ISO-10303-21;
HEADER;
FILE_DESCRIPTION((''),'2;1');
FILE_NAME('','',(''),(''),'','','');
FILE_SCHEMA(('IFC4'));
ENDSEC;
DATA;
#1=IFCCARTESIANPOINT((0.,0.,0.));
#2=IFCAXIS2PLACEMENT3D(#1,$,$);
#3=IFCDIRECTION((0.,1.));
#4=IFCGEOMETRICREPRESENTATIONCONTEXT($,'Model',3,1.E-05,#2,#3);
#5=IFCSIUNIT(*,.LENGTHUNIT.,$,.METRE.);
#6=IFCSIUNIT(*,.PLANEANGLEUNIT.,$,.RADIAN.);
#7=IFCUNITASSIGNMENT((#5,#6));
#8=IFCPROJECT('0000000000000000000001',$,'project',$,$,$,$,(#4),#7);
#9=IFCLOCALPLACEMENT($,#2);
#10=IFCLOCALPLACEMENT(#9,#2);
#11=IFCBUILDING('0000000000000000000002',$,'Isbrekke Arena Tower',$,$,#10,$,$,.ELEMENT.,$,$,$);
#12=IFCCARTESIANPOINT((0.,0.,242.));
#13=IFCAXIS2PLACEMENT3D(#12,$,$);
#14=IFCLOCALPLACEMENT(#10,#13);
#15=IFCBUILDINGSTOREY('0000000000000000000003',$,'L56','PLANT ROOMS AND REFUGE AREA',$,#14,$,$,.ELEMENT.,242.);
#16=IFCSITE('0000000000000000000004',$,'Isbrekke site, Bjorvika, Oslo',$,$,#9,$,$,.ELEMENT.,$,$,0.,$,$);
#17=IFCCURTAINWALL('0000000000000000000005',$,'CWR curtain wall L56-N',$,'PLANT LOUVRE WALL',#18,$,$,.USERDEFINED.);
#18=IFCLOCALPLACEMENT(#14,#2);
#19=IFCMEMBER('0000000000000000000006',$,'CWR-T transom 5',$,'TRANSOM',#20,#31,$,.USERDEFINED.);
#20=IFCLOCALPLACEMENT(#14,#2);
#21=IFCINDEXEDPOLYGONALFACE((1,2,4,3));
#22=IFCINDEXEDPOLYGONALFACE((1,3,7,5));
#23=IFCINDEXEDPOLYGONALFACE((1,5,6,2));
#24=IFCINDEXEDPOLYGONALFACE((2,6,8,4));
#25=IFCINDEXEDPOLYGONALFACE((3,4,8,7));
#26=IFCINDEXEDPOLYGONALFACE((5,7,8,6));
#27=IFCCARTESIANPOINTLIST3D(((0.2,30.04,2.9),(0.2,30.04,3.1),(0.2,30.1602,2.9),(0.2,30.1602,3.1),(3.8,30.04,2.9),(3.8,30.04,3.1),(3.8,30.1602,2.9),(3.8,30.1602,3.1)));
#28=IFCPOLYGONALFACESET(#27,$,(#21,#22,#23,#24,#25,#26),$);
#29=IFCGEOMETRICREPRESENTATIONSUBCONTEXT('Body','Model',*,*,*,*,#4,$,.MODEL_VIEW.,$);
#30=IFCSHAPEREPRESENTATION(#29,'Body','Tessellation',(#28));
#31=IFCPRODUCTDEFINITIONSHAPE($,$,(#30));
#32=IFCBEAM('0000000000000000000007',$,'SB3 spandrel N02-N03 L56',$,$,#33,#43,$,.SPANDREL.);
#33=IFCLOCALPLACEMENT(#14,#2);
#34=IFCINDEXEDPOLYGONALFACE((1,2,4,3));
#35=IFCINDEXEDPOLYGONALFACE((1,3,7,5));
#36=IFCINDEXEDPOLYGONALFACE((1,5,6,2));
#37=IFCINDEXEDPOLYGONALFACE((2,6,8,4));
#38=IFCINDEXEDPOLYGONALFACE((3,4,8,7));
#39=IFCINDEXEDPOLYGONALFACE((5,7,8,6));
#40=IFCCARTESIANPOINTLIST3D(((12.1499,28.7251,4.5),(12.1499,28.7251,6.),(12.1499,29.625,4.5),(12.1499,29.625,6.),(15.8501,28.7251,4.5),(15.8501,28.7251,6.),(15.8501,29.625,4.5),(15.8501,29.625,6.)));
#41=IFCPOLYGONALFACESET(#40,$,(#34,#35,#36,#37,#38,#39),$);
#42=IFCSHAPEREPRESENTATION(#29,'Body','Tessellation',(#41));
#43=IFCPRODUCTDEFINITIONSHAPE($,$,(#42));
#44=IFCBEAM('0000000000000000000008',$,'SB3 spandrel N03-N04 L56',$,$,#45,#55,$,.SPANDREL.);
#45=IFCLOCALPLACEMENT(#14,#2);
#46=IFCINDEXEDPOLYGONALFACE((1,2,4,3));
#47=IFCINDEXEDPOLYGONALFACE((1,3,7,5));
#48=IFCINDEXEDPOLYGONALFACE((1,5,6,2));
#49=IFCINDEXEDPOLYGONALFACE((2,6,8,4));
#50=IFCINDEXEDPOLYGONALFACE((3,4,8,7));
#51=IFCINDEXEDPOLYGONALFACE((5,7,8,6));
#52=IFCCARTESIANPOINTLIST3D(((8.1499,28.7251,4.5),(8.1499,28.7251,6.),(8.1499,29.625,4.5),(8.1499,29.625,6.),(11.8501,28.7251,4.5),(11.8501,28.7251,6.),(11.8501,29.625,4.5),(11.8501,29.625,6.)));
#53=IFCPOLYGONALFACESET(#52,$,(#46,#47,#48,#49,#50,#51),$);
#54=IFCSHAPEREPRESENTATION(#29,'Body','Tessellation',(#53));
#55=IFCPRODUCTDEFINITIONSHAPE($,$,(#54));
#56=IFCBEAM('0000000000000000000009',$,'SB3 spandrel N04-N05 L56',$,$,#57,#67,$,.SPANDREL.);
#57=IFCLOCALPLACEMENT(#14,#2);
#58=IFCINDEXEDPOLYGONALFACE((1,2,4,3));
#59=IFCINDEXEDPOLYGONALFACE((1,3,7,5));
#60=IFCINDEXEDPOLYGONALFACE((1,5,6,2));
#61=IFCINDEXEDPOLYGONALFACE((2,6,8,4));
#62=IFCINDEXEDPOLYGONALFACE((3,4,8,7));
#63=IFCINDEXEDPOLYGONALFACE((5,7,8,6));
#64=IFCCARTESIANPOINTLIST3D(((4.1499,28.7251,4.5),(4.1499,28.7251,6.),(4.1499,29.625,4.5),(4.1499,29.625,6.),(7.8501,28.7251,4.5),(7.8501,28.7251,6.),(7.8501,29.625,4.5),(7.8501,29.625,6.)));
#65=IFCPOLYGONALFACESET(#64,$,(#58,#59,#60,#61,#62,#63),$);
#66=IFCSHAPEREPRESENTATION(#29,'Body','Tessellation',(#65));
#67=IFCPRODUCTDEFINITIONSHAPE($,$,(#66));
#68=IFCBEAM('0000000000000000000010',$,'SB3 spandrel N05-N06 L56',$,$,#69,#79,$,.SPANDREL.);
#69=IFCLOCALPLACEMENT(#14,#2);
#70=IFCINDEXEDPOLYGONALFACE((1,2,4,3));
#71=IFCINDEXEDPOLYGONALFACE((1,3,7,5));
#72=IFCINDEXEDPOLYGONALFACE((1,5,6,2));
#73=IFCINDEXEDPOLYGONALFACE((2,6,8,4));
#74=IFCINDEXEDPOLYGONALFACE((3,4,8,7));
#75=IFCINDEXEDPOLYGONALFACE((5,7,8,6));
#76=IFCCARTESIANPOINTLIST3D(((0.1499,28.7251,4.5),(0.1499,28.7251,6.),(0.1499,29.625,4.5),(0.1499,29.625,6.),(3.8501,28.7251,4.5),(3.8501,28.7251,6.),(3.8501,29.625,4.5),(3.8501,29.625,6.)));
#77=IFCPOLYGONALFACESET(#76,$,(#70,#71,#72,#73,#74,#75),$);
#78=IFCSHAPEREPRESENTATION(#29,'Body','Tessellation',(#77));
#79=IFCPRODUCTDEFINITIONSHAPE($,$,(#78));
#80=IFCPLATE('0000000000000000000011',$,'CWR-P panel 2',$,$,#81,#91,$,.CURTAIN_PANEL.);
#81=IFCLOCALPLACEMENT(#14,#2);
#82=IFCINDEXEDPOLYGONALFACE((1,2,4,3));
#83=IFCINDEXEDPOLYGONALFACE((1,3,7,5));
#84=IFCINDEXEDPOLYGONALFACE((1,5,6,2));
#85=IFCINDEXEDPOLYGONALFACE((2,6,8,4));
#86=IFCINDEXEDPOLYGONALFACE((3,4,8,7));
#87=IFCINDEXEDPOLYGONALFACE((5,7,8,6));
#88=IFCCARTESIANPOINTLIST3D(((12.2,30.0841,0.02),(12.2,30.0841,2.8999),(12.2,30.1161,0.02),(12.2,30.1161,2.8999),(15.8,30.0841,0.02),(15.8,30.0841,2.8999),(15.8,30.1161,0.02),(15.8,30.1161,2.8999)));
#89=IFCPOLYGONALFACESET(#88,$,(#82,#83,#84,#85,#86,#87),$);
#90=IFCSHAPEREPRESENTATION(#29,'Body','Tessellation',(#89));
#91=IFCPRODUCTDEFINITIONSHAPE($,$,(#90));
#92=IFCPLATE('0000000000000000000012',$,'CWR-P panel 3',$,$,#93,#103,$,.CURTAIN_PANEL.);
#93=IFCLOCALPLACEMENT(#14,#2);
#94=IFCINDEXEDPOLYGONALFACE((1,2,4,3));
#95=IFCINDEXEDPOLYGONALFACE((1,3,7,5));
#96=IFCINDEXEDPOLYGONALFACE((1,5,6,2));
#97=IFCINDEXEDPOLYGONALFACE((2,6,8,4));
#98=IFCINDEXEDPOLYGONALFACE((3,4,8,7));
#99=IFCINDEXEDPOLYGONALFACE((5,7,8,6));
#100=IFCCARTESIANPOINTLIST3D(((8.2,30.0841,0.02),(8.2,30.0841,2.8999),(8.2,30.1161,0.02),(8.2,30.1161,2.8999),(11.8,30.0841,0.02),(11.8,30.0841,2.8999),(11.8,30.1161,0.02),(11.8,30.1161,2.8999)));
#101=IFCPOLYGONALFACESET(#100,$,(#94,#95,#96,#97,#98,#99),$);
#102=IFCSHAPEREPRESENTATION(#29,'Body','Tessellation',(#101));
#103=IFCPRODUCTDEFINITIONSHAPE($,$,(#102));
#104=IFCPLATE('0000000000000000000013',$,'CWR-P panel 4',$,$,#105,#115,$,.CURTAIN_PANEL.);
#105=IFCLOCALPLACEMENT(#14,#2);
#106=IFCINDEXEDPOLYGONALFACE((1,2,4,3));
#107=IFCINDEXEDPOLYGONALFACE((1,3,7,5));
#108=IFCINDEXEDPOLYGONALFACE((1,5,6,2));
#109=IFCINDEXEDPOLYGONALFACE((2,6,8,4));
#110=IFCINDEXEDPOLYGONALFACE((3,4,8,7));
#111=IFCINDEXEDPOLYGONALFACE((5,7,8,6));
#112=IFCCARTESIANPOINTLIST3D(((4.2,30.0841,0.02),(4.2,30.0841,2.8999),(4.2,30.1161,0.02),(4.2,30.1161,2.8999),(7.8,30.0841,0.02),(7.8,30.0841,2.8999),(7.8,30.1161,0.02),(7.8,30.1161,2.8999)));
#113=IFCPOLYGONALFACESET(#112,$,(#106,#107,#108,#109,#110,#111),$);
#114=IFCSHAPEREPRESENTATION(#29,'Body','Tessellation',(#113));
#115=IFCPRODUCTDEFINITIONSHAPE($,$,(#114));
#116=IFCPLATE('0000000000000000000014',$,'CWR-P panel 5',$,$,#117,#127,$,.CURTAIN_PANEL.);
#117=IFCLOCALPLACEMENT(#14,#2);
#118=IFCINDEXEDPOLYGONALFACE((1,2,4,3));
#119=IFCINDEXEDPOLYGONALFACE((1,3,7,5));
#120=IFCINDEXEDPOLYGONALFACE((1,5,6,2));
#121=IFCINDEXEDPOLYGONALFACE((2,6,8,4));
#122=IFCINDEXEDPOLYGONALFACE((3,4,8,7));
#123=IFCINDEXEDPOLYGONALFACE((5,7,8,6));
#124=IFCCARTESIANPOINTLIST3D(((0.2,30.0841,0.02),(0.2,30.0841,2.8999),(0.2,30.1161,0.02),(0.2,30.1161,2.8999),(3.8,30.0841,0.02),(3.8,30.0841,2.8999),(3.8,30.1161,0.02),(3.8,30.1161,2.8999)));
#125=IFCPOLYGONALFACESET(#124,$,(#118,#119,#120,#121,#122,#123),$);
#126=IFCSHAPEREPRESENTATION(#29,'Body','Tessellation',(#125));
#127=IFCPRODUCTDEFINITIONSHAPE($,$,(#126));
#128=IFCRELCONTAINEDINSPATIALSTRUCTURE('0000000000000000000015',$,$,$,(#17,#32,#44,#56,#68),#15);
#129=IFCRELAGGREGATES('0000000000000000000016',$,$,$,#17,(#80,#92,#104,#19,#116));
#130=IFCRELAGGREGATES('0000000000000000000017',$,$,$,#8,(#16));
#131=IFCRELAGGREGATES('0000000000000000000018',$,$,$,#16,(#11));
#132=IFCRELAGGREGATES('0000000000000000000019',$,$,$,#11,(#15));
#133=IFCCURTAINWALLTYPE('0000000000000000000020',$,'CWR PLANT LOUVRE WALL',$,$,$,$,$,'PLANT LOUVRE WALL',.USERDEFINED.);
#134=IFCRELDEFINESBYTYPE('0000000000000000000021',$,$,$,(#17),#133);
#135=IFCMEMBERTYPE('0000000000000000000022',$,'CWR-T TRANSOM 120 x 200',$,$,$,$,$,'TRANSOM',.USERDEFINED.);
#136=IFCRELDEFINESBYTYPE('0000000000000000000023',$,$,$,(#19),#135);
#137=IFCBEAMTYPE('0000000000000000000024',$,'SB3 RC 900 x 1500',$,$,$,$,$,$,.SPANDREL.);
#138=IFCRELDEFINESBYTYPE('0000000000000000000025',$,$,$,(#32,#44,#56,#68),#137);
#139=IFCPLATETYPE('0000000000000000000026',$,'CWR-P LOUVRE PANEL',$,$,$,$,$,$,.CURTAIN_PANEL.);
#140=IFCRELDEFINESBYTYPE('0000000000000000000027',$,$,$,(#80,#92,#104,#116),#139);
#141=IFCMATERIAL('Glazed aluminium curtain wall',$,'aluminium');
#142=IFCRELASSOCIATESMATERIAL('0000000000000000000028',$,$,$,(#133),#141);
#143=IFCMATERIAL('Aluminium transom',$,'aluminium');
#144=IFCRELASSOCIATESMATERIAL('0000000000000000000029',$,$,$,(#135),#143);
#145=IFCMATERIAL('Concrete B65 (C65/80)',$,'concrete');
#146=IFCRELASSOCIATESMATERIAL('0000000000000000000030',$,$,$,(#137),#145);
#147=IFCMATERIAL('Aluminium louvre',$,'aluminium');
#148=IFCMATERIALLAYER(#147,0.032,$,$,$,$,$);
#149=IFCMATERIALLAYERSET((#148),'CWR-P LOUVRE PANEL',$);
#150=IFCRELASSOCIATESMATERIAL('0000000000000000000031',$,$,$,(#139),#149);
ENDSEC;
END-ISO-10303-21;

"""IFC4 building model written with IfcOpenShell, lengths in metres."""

from ifc_helpers import new_model, si_unit, direction, frame, origin, origin_2d, place, context, subcontext, project, spatial, rectangle, extrude, material, layer, layer_set, material_profile, profile_set, type_object, element, aggregate, save


model = new_model("IFC4")

# Units and contexts
model_context = context("Model", 3, precision=1e-05, world=origin(), true_north=direction((0.0, 1.0)))
body_context = subcontext(model_context, "Body", "Model", "MODEL_VIEW")
ifc_project = project(units=[si_unit("LENGTHUNIT", "METRE"), si_unit("PLANEANGLEUNIT", "RADIAN")], contexts=[model_context])

# Site, building, storey
site_placement = place(None, origin())
site = spatial("IfcSite", under=ifc_project, at=site_placement, Name="Isbrekke site, Bjorvika, Oslo", CompositionType="ELEMENT", RefElevation=0.0)
building_placement = place(site_placement, origin())
building = spatial("IfcBuilding", under=site, at=building_placement, Name="Isbrekke Arena Tower", CompositionType="ELEMENT")
storey_placement = place(building_placement, frame((0.0, 0.0, 242.0)))
storey = spatial("IfcBuildingStorey", under=building, at=storey_placement, Name="L56", Description="PLANT ROOMS AND REFUGE AREA", CompositionType="ELEMENT", Elevation=242.0)

# Curtain wall, member
ifc_material_1 = material(Name="Glazed aluminium curtain wall", Category="aluminium")
curtain_wall_type = type_object("IfcCurtainWallType", Name="CWR PLANT LOUVRE WALL", ElementType="PLANT LOUVRE WALL", PredefinedType="USERDEFINED", material=ifc_material_1)
curtain_wall_placement = place(storey_placement, origin())
curtain_wall = element("IfcCurtainWall", 1, at=curtain_wall_placement, inside=storey, type_object=curtain_wall_type, Name="CWR curtain wall L56-N", ObjectType="PLANT LOUVRE WALL", PredefinedType="USERDEFINED")
ifc_material_2 = material(Name="Aluminium transom", Category="aluminium")
ifc_material_profile_1 = material_profile(ifc_material_2, rectangle(XDim=0.1201, YDim=0.2, at=origin_2d()), Name="TRANSOM 120X200")
ifc_profile_set_1 = profile_set([ifc_material_profile_1], Name="Aluminium transom")
member_type_1 = type_object("IfcMemberType", Name="CWR-T TRANSOM 120 x 200", ElementType="TRANSOM", PredefinedType="USERDEFINED", material=ifc_profile_set_1)
member_1_placement = place(storey_placement, frame((3.8, 30.1001, 3.0), z_axis=(-1.0, 0.0, 0.0), x_axis=(0.0, -1.0, 0.0)))
member_1 = element("IfcMember", 2, at=member_1_placement, type_object=member_type_1, Name="CWR-T transom 5", ObjectType="TRANSOM", PredefinedType="USERDEFINED", context=body_context, shape_type="SweptSolid", body=[
    extrude(rectangle(XDim=0.1201, YDim=0.2, at=origin_2d()), origin(), (0.0, 0.0, 1.0), 3.6001),
])

# Beams
ifc_material_3 = material(Name="Concrete B65 (C65/80)", Category="concrete")
ifc_material_profile_2 = material_profile(ifc_material_3, rectangle(XDim=0.8999, YDim=1.5, at=origin_2d()), Name="RC 900x1500")
ifc_profile_set_2 = profile_set([ifc_material_profile_2], Name="Concrete B65 (C65/80)")
beam_type_1 = type_object("IfcBeamType", Name="SB3 RC 900 x 1500", PredefinedType="SPANDREL", material=ifc_profile_set_2)
for number, where, z_axis, x_axis, name in (
    (3, (15.8501, 29.175, 5.25), (-1.0, 0.0, 0.0), (0.0, -1.0, 0.0), "SB3 spandrel N02-N03 L56"),
    (4, (11.8501, 29.175, 5.25), (-1.0, 0.0, 0.0), (0.0, -1.0, 0.0), "SB3 spandrel N03-N04 L56"),
    (5, (7.8501, 29.175, 5.25), (-1.0, 0.0, 0.0), (0.0, -1.0, 0.0), "SB3 spandrel N04-N05 L56"),
    (6, (3.8501, 29.175, 5.25), (-1.0, 0.0, 0.0), (0.0, -1.0, 0.0), "SB3 spandrel N05-N06 L56"),
):
    element("IfcBeam", number, at=place(storey_placement, frame(where, z_axis=z_axis, x_axis=x_axis)), inside=storey, type_object=beam_type_1, Name=name, PredefinedType="SPANDREL", context=body_context, shape_type="SweptSolid", body=[
        extrude(rectangle(XDim=0.8999, YDim=1.5, at=origin_2d()), origin(), (0.0, 0.0, 1.0), 3.7002),
    ])

# Plates
ifc_material_4 = material(Name="Aluminium louvre", Category="aluminium")
ifc_layer = layer(ifc_material_4, 0.032)
ifc_layer_set = layer_set([ifc_layer], Name="CWR-P LOUVRE PANEL")
plate_type = type_object("IfcPlateType", Name="CWR-P LOUVRE PANEL", PredefinedType="CURTAIN_PANEL", material=ifc_layer_set)
plate_1_placement = place(storey_placement, frame((14.0, 30.1001, 0.02), z_axis=(0.0, 0.0, 1.0), x_axis=(-1.0, 0.0, 0.0)))
plate_1 = element("IfcPlate", 7, at=plate_1_placement, type_object=plate_type, Name="CWR-P panel 2", PredefinedType="CURTAIN_PANEL", context=body_context, shape_type="SweptSolid", body=[
    extrude(rectangle(XDim=3.6001, YDim=0.032, at=origin_2d()), origin(), (0.0, 0.0, 1.0), 2.8799),
])
plate_2_placement = place(storey_placement, frame((10.0, 30.1001, 0.02), z_axis=(0.0, 0.0, 1.0), x_axis=(-1.0, 0.0, 0.0)))
plate_2 = element("IfcPlate", 8, at=plate_2_placement, type_object=plate_type, Name="CWR-P panel 3", PredefinedType="CURTAIN_PANEL", context=body_context, shape_type="SweptSolid", body=[
    extrude(rectangle(XDim=3.6001, YDim=0.032, at=origin_2d()), origin(), (0.0, 0.0, 1.0), 2.8799),
])
plate_3_placement = place(storey_placement, frame((6.0, 30.1001, 0.02), z_axis=(0.0, 0.0, 1.0), x_axis=(-1.0, 0.0, 0.0)))
plate_3 = element("IfcPlate", 9, at=plate_3_placement, type_object=plate_type, Name="CWR-P panel 4", PredefinedType="CURTAIN_PANEL", context=body_context, shape_type="SweptSolid", body=[
    extrude(rectangle(XDim=3.6001, YDim=0.032, at=origin_2d()), origin(), (0.0, 0.0, 1.0), 2.8799),
])
plate_4_placement = place(storey_placement, frame((2.0, 30.1001, 0.02), z_axis=(0.0, 0.0, 1.0), x_axis=(-1.0, 0.0, 0.0)))
plate_4 = element("IfcPlate", 10, at=plate_4_placement, type_object=plate_type, Name="CWR-P panel 5", PredefinedType="CURTAIN_PANEL", context=body_context, shape_type="SweptSolid", body=[
    extrude(rectangle(XDim=3.6001, YDim=0.032, at=origin_2d()), origin(), (0.0, 0.0, 1.0), 2.8799),
])
aggregate(curtain_wall, [plate_1, plate_2, plate_3, member_1, plate_4])

save(model, "model.ifc")
